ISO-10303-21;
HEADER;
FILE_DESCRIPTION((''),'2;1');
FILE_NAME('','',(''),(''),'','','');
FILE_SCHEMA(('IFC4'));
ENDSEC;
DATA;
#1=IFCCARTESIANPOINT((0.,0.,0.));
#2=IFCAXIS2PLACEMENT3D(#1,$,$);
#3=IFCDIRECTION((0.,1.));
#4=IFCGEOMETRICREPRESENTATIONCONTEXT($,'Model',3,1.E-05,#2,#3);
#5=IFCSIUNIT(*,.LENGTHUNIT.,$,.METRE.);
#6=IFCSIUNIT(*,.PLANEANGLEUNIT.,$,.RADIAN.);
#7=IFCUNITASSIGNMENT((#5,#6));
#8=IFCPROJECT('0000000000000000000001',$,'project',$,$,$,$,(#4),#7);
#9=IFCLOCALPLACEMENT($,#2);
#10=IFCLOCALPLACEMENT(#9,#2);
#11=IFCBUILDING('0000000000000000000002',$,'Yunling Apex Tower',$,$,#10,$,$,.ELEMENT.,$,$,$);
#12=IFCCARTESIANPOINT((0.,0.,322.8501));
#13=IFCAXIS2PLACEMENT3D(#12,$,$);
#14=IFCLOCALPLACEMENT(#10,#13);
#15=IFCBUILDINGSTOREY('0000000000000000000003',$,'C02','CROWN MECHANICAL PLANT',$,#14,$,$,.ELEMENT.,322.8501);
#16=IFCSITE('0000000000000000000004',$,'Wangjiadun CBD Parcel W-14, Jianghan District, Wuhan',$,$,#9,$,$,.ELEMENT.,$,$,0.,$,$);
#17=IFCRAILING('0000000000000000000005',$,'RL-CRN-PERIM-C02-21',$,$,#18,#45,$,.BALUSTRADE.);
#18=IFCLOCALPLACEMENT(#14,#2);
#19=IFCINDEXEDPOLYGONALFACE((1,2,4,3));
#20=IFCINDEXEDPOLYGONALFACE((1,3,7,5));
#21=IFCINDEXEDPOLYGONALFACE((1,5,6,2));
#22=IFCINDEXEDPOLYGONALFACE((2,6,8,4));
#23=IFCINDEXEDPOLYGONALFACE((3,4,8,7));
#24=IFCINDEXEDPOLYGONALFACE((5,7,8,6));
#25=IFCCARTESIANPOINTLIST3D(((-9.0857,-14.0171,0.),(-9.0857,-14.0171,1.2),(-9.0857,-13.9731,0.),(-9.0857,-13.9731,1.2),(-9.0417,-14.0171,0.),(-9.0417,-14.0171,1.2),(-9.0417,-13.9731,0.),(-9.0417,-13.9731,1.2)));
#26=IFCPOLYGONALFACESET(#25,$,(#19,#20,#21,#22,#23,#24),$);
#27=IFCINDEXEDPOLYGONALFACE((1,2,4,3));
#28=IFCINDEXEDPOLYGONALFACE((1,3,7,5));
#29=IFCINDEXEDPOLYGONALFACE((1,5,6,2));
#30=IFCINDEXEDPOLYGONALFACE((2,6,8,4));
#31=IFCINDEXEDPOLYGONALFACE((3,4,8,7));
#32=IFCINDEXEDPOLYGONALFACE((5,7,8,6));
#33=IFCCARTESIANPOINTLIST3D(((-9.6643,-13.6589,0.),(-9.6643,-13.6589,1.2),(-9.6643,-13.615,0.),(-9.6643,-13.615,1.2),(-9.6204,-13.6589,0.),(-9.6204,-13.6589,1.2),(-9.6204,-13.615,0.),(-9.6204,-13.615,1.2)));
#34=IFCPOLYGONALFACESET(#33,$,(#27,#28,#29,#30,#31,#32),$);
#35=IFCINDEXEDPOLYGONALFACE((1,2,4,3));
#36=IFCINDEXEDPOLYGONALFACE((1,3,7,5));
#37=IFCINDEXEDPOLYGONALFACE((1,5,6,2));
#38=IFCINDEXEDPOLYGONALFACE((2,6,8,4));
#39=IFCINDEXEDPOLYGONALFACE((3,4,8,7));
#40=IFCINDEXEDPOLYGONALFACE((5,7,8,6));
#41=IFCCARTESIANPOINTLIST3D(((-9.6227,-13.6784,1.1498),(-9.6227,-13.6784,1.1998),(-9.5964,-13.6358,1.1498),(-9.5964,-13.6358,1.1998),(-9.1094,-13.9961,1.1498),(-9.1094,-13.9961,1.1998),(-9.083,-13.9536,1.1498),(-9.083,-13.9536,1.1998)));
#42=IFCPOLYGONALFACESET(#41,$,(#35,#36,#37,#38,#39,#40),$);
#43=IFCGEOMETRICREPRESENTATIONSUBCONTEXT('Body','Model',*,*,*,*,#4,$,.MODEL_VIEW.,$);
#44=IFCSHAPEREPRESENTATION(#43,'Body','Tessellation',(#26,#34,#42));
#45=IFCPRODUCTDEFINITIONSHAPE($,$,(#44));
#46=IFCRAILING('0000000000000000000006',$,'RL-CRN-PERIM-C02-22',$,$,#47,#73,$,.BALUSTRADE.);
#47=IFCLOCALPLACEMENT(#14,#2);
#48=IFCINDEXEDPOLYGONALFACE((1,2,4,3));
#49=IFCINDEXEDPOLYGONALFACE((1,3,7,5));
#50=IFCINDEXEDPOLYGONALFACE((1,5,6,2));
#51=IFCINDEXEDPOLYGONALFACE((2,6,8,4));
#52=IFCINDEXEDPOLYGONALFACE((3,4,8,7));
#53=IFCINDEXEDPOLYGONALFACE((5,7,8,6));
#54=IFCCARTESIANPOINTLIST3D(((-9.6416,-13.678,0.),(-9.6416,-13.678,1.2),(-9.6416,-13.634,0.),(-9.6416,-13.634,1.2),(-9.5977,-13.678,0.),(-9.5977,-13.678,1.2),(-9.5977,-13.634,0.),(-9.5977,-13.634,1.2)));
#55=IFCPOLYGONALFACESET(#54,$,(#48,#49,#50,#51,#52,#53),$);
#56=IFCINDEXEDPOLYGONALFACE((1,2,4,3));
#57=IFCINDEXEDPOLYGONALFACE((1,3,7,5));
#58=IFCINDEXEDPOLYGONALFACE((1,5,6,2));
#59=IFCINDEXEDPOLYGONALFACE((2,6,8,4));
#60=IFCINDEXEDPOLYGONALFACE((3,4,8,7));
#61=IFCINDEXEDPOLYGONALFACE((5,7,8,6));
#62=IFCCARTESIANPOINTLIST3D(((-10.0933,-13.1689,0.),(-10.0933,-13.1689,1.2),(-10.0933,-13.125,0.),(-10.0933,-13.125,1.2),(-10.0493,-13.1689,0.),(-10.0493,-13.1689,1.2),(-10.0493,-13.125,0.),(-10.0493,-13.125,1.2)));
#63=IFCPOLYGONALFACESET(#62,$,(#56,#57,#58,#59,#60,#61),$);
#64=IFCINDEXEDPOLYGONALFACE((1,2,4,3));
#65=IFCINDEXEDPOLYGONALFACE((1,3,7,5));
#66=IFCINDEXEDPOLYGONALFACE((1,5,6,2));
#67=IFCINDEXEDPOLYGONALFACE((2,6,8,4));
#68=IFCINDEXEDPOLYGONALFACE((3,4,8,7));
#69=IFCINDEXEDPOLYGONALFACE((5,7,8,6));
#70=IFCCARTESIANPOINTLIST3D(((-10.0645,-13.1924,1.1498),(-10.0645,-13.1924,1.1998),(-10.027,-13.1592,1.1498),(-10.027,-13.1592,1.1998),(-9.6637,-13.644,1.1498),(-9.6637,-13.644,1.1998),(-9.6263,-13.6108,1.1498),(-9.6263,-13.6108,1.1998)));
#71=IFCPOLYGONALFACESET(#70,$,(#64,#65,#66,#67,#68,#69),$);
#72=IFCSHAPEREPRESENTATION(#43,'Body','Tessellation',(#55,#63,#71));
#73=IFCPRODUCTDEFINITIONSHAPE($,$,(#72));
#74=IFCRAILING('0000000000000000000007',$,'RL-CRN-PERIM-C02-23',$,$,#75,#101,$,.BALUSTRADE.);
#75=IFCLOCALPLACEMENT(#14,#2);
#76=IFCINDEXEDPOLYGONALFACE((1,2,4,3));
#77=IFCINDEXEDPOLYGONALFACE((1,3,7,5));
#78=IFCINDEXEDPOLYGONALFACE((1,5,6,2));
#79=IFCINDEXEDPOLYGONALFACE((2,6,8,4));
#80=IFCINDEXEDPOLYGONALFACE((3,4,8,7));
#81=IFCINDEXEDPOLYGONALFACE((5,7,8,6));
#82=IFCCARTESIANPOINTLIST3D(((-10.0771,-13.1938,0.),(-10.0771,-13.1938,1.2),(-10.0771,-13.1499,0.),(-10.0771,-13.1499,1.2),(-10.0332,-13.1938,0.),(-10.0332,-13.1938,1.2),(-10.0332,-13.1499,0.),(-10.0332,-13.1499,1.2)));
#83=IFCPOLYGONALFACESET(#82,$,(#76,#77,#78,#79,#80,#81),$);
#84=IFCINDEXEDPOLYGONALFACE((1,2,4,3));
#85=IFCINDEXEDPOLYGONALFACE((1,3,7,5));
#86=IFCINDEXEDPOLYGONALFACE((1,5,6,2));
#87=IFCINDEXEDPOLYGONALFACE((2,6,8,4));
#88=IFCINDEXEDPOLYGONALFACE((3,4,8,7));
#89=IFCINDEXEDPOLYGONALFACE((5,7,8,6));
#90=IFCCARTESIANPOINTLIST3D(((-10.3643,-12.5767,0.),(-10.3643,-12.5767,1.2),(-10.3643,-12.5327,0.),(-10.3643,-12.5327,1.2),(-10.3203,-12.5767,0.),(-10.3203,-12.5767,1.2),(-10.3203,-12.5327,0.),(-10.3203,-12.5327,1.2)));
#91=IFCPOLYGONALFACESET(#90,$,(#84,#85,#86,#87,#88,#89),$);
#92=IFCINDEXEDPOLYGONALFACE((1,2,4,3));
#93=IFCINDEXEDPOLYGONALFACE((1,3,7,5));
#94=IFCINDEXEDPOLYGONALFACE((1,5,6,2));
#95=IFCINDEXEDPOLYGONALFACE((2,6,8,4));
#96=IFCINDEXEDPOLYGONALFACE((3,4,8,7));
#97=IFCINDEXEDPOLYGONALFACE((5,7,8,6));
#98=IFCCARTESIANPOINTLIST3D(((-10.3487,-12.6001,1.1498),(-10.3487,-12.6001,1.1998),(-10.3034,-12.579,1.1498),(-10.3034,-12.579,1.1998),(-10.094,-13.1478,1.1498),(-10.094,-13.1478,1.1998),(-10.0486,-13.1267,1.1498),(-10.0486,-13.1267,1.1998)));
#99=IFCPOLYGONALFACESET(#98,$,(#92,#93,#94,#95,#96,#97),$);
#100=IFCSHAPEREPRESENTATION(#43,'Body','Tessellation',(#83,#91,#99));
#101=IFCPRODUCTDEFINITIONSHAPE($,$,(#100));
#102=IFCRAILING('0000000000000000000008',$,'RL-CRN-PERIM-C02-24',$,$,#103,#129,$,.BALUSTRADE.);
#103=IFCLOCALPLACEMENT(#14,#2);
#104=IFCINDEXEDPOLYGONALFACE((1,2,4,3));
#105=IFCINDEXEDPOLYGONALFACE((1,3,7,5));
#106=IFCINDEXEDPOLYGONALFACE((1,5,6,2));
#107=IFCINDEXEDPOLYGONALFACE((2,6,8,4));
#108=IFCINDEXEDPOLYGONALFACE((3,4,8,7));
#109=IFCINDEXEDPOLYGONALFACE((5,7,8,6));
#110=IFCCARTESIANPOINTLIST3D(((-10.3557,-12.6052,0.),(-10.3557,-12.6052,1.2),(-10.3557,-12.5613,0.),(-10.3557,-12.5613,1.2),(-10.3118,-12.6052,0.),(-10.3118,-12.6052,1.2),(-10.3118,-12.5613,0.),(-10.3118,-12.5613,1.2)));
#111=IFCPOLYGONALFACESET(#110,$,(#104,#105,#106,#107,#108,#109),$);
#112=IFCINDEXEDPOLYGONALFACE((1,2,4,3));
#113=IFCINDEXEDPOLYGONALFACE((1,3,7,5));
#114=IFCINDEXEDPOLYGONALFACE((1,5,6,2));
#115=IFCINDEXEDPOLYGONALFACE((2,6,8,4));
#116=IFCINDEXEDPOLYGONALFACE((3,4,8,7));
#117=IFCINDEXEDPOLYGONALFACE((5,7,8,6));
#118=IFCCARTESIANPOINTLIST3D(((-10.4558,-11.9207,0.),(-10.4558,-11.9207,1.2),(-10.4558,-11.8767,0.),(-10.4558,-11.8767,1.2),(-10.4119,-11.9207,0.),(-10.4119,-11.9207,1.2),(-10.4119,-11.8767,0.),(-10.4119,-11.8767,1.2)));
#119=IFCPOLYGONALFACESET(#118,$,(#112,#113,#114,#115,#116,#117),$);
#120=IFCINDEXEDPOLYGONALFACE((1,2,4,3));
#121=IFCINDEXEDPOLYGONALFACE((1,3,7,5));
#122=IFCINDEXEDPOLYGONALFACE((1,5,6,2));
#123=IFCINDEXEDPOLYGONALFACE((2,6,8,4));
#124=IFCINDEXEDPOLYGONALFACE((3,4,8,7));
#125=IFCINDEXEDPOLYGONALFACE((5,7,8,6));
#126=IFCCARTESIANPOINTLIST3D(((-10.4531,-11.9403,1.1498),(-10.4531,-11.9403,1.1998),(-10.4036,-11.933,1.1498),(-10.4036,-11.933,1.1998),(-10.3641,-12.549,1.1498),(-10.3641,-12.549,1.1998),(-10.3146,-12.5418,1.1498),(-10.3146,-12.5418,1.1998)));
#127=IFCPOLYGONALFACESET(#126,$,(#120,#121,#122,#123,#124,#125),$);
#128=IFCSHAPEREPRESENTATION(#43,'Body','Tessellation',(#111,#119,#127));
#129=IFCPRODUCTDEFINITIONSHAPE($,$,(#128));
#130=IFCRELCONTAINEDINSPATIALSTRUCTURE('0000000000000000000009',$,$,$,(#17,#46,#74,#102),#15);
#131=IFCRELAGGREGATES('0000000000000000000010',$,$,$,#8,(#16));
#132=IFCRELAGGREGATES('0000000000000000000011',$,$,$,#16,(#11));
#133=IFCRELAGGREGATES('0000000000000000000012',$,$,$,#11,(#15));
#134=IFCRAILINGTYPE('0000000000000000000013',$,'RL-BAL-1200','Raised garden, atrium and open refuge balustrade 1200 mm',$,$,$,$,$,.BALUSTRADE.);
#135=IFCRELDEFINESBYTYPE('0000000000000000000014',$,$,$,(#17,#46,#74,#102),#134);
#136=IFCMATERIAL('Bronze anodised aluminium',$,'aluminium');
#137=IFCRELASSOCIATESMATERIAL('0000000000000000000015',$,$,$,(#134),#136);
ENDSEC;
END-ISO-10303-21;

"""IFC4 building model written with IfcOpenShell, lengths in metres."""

from ifc_helpers import new_model, si_unit, direction, frame, origin, origin_2d, place, context, subcontext, project, spatial, rectangle, extrude, material, type_object, element, save


model = new_model("IFC4")

# Units and contexts
model_context = context("Model", 3, precision=1e-05, world=origin(), true_north=direction((0.0, 1.0)))
body_context = subcontext(model_context, "Body", "Model", "MODEL_VIEW")
ifc_project = project(units=[si_unit("LENGTHUNIT", "METRE"), si_unit("PLANEANGLEUNIT", "RADIAN")], contexts=[model_context])

# Site, building, storey
site_placement = place(None, origin())
site = spatial("IfcSite", under=ifc_project, at=site_placement, Name="Wangjiadun CBD Parcel W-14, Jianghan District, Wuhan", CompositionType="ELEMENT", RefElevation=0.0)
building_placement = place(site_placement, origin())
building = spatial("IfcBuilding", under=site, at=building_placement, Name="Yunling Apex Tower", CompositionType="ELEMENT")
storey_placement = place(building_placement, frame((0.0, 0.0, 322.8501)))
storey = spatial("IfcBuildingStorey", under=building, at=storey_placement, Name="C02", Description="CROWN MECHANICAL PLANT", CompositionType="ELEMENT", Elevation=322.8501)

# Shared definitions
ifc_material_1 = material(Name="Bronze anodised aluminium", Category="aluminium")

# Railings
railing_type = type_object("IfcRailingType", Name="RL-BAL-1200", Description="Raised garden, atrium and open refuge balustrade 1200 mm", PredefinedType="BALUSTRADE", material=ifc_material_1)
railing_1_placement = place(storey_placement, frame((-9.0637, -13.9951, 0.0)))
element("IfcRailing", 1, at=railing_1_placement, inside=storey, type_object=railing_type, Name="RL-CRN-PERIM-C02-21", PredefinedType="BALUSTRADE", context=body_context, shape_type="SweptSolid", body=[
    extrude(rectangle(XDim=0.0439, YDim=0.0439, at=origin_2d()), origin(), (0.0, 0.0, 1.0), 1.2),
    extrude(rectangle(XDim=0.0439, YDim=0.0439, at=origin_2d()), frame((-0.5786, 0.3582, 0.0)), (0.0, 0.0, 1.0), 1.2),
    extrude(rectangle(XDim=0.05, YDim=0.05, at=origin_2d()), frame((-0.0325, 0.0203, 1.1748), z_axis=(-0.850288, 0.526318, 0.0), x_axis=(-0.526318, -0.850288, 0.0)), (0.0, 0.0, 1.0), 0.6038),
])
railing_2_placement = place(storey_placement, frame((-9.6196, -13.656, 0.0)))
element("IfcRailing", 2, at=railing_2_placement, inside=storey, type_object=railing_type, Name="RL-CRN-PERIM-C02-22", PredefinedType="BALUSTRADE", context=body_context, shape_type="SweptSolid", body=[
    extrude(rectangle(XDim=0.0439, YDim=0.0439, at=origin_2d()), origin(), (0.0, 0.0, 1.0), 1.2),
    extrude(rectangle(XDim=0.0439, YDim=0.0439, at=origin_2d()), frame((-0.4517, 0.509, 0.0)), (0.0, 0.0, 1.0), 1.2),
    extrude(rectangle(XDim=0.05, YDim=0.05, at=origin_2d()), frame((-0.0254, 0.0286, 1.1748), z_axis=(-0.663696, 0.748003, 0.0), x_axis=(-0.748003, -0.663696, 0.0)), (0.0, 0.0, 1.0), 0.6038),
])
railing_3_placement = place(storey_placement, frame((-10.0552, -13.1719, 0.0)))
element("IfcRailing", 3, at=railing_3_placement, inside=storey, type_object=railing_type, Name="RL-CRN-PERIM-C02-23", PredefinedType="BALUSTRADE", context=body_context, shape_type="SweptSolid", body=[
    extrude(rectangle(XDim=0.0439, YDim=0.0439, at=origin_2d()), origin(), (0.0, 0.0, 1.0), 1.2),
    extrude(rectangle(XDim=0.0439, YDim=0.0439, at=origin_2d()), frame((-0.2871, 0.6172, 0.0)), (0.0, 0.0, 1.0), 1.2),
    extrude(rectangle(XDim=0.05, YDim=0.05, at=origin_2d()), frame((-0.0161, 0.0347, 1.1748), z_axis=(-0.421786, 0.906696, 0.0), x_axis=(-0.906696, -0.421786, 0.0)), (0.0, 0.0, 1.0), 0.604),
])
railing_4_placement = place(storey_placement, frame((-10.3337, -12.5833, 0.0)))
element("IfcRailing", 4, at=railing_4_placement, inside=storey, type_object=railing_type, Name="RL-CRN-PERIM-C02-24", PredefinedType="BALUSTRADE", context=body_context, shape_type="SweptSolid", body=[
    extrude(rectangle(XDim=0.0439, YDim=0.0439, at=origin_2d()), origin(), (0.0, 0.0, 1.0), 1.2),
    extrude(rectangle(XDim=0.0439, YDim=0.0439, at=origin_2d()), frame((-0.1001, 0.6846, 0.0)), (0.0, 0.0, 1.0), 1.2),
    extrude(rectangle(XDim=0.05, YDim=0.05, at=origin_2d()), frame((-0.0056, 0.0378, 1.1748), z_axis=(-0.144681, 0.989478, 0.0), x_axis=(-0.989478, -0.144681, 0.0)), (0.0, 0.0, 1.0), 0.6152),
])

save(model, "model.ifc")
